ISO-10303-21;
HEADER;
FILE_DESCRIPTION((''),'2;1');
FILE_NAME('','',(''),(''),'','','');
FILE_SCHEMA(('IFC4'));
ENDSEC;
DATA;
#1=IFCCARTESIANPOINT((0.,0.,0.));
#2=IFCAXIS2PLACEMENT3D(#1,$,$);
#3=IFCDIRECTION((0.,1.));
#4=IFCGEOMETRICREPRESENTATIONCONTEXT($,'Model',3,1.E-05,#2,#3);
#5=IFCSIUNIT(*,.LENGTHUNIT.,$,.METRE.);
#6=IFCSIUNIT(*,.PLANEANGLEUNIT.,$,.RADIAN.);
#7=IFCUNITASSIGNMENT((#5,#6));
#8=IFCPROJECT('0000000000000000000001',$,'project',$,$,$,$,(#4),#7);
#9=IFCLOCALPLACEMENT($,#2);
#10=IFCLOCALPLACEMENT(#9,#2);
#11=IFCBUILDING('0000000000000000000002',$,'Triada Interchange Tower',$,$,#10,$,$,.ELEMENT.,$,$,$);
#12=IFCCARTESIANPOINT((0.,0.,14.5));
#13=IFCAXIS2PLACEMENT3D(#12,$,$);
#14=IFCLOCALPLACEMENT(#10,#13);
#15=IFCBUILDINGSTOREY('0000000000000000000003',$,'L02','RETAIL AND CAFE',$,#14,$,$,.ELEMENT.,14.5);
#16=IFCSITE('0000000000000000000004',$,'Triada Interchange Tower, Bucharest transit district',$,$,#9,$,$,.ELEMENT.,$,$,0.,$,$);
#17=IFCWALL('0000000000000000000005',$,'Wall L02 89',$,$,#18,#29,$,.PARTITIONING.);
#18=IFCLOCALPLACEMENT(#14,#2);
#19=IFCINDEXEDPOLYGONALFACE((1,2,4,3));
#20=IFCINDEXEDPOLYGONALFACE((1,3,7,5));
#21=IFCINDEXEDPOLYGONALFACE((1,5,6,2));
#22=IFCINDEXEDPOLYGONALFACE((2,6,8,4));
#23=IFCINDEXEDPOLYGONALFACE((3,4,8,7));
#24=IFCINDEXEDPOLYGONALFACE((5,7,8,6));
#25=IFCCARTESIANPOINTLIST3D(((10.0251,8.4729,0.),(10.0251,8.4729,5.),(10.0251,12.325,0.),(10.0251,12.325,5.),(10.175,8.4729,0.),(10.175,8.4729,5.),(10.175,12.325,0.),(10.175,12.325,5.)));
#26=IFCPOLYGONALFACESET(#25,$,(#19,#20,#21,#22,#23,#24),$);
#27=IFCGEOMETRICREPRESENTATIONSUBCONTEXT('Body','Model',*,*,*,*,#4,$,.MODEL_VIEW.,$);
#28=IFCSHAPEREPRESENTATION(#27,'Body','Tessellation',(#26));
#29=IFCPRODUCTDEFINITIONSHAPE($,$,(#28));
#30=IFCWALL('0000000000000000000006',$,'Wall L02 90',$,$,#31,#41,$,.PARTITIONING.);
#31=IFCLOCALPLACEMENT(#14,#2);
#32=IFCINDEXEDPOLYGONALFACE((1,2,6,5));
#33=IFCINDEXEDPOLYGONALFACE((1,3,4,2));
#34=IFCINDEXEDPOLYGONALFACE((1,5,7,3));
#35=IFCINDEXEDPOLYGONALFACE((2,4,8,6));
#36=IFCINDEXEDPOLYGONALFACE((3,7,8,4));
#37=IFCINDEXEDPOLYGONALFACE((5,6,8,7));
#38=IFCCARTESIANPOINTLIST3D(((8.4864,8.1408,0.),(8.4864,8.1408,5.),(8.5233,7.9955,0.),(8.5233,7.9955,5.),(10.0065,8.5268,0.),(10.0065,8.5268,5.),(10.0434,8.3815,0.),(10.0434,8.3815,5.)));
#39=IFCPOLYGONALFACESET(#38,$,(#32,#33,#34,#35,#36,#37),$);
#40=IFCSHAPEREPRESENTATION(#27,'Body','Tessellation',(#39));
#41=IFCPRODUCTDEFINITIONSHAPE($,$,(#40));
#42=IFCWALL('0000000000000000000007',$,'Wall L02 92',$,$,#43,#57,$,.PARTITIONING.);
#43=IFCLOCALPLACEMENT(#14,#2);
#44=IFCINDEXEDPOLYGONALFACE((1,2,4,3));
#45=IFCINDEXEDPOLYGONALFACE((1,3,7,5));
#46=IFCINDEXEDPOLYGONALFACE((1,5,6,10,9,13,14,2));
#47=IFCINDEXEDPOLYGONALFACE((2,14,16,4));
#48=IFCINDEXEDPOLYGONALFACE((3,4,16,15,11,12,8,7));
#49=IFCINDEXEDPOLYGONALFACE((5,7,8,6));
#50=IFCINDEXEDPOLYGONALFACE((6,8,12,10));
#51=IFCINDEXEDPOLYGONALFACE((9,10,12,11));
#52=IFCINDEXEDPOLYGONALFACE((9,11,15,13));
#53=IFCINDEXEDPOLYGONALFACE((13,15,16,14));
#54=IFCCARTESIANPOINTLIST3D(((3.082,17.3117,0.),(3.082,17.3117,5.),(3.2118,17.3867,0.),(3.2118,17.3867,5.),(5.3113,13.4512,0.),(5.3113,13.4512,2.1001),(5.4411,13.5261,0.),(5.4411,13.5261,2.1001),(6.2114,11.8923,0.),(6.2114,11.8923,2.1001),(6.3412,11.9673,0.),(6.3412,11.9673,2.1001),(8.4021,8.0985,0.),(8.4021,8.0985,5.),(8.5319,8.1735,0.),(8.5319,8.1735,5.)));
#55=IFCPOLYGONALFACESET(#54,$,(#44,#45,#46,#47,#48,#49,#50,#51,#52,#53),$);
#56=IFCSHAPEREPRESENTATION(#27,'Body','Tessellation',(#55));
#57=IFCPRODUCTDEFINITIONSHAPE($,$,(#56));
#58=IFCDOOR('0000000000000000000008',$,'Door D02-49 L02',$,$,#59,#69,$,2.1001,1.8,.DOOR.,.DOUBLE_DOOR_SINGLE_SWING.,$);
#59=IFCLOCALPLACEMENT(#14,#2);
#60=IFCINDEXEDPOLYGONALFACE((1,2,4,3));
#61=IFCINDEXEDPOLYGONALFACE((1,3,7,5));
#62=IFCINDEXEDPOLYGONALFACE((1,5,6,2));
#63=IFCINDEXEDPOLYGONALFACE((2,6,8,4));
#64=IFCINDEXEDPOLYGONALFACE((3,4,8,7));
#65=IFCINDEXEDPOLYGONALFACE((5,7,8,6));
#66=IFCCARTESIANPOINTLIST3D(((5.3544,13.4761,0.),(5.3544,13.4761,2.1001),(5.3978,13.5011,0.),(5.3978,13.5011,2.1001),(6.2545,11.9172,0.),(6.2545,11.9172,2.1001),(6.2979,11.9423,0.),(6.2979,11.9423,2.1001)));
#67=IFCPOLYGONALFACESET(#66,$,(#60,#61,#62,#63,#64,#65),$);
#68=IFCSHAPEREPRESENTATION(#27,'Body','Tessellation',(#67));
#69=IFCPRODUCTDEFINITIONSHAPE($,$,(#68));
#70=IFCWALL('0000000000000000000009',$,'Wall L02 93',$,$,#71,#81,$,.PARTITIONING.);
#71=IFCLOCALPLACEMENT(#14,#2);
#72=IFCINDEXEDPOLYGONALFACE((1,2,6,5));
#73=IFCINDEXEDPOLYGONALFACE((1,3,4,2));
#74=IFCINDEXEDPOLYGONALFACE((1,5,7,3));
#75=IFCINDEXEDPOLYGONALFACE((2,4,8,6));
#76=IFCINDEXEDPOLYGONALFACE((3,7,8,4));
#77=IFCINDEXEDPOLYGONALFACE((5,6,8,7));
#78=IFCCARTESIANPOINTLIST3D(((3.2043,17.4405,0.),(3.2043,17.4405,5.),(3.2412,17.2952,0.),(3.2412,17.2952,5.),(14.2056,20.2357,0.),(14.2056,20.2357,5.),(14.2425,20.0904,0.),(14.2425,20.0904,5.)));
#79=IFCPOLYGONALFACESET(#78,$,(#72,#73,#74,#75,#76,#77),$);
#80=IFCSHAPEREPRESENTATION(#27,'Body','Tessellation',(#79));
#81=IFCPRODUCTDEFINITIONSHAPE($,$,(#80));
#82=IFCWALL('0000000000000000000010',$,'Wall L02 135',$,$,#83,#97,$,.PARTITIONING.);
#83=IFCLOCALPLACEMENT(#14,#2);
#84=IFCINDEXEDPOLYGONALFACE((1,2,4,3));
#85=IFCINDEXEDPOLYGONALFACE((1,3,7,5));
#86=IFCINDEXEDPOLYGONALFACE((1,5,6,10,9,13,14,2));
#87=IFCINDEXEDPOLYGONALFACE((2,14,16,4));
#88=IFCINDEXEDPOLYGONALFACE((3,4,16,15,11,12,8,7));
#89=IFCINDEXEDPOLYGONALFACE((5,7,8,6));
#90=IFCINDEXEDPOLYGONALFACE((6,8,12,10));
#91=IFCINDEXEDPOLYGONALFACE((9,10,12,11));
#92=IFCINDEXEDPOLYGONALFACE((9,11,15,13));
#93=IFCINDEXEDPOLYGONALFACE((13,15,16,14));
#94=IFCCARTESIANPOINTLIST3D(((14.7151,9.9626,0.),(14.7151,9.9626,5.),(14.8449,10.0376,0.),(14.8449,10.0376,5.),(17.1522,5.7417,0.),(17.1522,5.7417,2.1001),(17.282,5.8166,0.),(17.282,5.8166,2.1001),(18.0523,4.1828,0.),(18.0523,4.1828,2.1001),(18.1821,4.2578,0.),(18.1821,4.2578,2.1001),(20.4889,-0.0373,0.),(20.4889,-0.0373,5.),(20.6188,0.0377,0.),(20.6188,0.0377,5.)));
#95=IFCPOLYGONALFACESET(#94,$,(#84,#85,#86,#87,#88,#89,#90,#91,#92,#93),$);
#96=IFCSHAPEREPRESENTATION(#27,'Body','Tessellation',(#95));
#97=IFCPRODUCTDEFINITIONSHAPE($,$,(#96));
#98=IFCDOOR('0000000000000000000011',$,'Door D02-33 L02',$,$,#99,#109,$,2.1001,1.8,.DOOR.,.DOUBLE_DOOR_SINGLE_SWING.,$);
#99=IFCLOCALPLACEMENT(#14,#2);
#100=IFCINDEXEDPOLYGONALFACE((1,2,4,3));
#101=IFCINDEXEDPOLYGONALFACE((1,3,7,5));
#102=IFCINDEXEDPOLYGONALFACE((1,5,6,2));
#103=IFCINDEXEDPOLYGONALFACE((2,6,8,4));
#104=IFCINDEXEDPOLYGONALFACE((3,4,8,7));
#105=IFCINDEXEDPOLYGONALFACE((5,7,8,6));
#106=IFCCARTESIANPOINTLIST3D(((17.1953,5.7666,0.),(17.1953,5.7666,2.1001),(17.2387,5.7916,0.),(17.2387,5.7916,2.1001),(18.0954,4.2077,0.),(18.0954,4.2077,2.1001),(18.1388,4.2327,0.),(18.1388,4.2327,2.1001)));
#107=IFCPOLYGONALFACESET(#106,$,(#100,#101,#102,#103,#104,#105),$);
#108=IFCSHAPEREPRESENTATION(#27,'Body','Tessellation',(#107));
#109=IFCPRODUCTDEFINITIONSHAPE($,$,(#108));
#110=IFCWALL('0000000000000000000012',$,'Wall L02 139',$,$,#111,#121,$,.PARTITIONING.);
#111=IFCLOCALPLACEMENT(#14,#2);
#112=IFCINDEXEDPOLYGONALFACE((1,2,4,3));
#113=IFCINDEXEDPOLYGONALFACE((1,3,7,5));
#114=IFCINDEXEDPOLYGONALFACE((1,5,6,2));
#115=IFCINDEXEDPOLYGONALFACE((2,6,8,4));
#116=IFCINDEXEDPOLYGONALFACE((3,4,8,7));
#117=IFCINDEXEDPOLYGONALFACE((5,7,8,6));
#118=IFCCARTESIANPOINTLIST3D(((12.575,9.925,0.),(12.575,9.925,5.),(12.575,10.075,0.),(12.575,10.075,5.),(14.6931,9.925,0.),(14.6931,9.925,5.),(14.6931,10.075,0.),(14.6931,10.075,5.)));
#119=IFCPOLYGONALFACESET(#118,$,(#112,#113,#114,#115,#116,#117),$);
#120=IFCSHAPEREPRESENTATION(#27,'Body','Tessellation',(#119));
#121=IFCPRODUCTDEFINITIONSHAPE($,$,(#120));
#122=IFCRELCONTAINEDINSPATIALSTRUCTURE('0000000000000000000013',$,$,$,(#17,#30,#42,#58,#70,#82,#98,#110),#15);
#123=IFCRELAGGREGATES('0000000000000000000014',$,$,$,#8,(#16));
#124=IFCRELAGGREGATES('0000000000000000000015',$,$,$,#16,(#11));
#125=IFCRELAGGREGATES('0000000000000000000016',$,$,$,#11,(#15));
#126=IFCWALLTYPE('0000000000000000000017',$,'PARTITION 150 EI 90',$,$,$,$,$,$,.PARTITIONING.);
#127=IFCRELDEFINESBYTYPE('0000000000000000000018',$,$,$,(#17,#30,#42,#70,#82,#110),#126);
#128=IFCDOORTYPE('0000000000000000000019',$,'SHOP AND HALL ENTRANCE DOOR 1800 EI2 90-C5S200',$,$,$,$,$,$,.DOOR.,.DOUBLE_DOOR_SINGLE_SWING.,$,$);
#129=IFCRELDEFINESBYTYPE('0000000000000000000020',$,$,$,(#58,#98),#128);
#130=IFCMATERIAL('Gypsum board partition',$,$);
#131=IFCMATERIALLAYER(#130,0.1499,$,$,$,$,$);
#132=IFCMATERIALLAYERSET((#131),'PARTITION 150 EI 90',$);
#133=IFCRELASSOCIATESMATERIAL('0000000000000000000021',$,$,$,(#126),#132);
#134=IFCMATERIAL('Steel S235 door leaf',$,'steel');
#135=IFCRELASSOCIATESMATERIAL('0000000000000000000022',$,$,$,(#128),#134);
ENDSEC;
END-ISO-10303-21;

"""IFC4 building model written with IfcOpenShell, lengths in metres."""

from ifc_helpers import new_model, si_unit, direction, frame, frame_2d, origin, place, context, subcontext, project, spatial, rectangle, extrude, material, layer, layer_set, type_object, element, fill, save


model = new_model("IFC4")

# Units and contexts
model_context = context("Model", 3, precision=1e-05, world=origin(), true_north=direction((0.0, 1.0)))
body_context = subcontext(model_context, "Body", "Model", "MODEL_VIEW")
ifc_project = project(units=[si_unit("LENGTHUNIT", "METRE"), si_unit("PLANEANGLEUNIT", "RADIAN")], contexts=[model_context])

# Site, building, storey
site_placement = place(None, origin())
site = spatial("IfcSite", under=ifc_project, at=site_placement, Name="Triada Interchange Tower, Bucharest transit district", CompositionType="ELEMENT", RefElevation=0.0)
building_placement = place(site_placement, origin())
building = spatial("IfcBuilding", under=site, at=building_placement, Name="Triada Interchange Tower", CompositionType="ELEMENT")
storey_placement = place(building_placement, frame((0.0, 0.0, 14.5)))
storey = spatial("IfcBuildingStorey", under=building, at=storey_placement, Name="L02", Description="RETAIL AND CAFE", CompositionType="ELEMENT", Elevation=14.5)

# Shared definitions
ifc_material_1 = material(Name="Steel S235 door leaf", Category="steel")

# Walls
ifc_material_2 = material(Name="Gypsum board partition")
ifc_layer_1 = layer(ifc_material_2, 0.1499)
ifc_layer_set_1 = layer_set([ifc_layer_1], Name="PARTITION 150 EI 90")
wall_type_1 = type_object("IfcWallType", Name="PARTITION 150 EI 90", PredefinedType="PARTITIONING", material=ifc_layer_set_1)
wall_1_placement = place(storey_placement, frame((10.1001, 8.4729, 0.0), z_axis=(0.0, 0.0, 1.0), x_axis=(0.0, 1.0, 0.0)))
element("IfcWall", 1, at=wall_1_placement, inside=storey, type_object=wall_type_1, Name="Wall L02 89", PredefinedType="PARTITIONING", context=body_context, shape_type="SweptSolid", body=[
    extrude(rectangle(XDim=3.8521, YDim=0.1499, at=frame_2d((1.926, 0.0))), origin(), (0.0, 0.0, 1.0), 5.0),
])
wall_2_placement = place(storey_placement, frame((8.5049, 8.0681, 0.0), z_axis=(0.0, 0.0, 1.0), x_axis=(0.969238, 0.246124, 0.0)))
element("IfcWall", 2, at=wall_2_placement, inside=storey, type_object=wall_type_1, Name="Wall L02 90", PredefinedType="PARTITIONING", context=body_context, shape_type="SweptSolid", body=[
    extrude(rectangle(XDim=1.5684, YDim=0.1499, at=frame_2d((0.7842, 0.0))), origin(), (0.0, 0.0, 1.0), 5.0),
])

# Wall, opening, door
wall_3_placement = place(storey_placement, frame((3.147, 17.3491, 0.0), z_axis=(0.0, 0.0, 1.0), x_axis=(0.500061, -0.86599, 0.0)))
wall_3 = element("IfcWall", 3, at=wall_3_placement, inside=storey, type_object=wall_type_1, Name="Wall L02 92", PredefinedType="PARTITIONING", context=body_context, shape_type="SweptSolid", body=[
    extrude(rectangle(XDim=10.6389, YDim=0.1499, at=frame_2d((5.3193, 0.0))), origin(), (0.0, 0.0, 1.0), 5.0),
])
opening_1_placement = place(wall_3_placement, frame((4.458, 0.0, 0.0)))
opening_1 = element("IfcOpeningElement", 4, at=opening_1_placement, cuts=wall_3, PredefinedType="OPENING", context=body_context, shape_type="SweptSolid", body=[
    extrude(rectangle(XDim=1.8, YDim=2.1001, at=frame_2d((0.8999, 1.05))), frame((0.0, 0.085, 0.0), z_axis=(0.0, -1.0, 0.0), x_axis=(1.0, 0.0, 0.0)), (0.0, 0.0, 1.0), 0.1699),
])
door_type_1 = type_object("IfcDoorType", Name="SHOP AND HALL ENTRANCE DOOR 1800 EI2 90-C5S200", OperationType="DOUBLE_DOOR_SINGLE_SWING", PredefinedType="DOOR", material=ifc_material_1)
door_1_placement = place(opening_1_placement, origin())
door_1 = element("IfcDoor", 5, at=door_1_placement, inside=storey, type_object=door_type_1, Name="Door D02-49 L02", OperationType="DOUBLE_DOOR_SINGLE_SWING", OverallHeight=2.1001, OverallWidth=1.8, PredefinedType="DOOR", context=body_context, shape_type="SweptSolid", body=[
    extrude(rectangle(XDim=1.8, YDim=2.1001, at=frame_2d((0.8999, 1.05))), frame((0.0, 0.0249, 0.0), z_axis=(0.0, -1.0, 0.0), x_axis=(1.0, 0.0, 0.0)), (0.0, 0.0, 1.0), 0.05),
])
fill(opening_1, door_1)

# Wall
wall_4_placement = place(storey_placement, frame((3.2229, 17.3679, 0.0), z_axis=(0.0, 0.0, 1.0), x_axis=(0.969205, 0.246254, 0.0)))
element("IfcWall", 6, at=wall_4_placement, inside=storey, type_object=wall_type_1, Name="Wall L02 93", PredefinedType="PARTITIONING", context=body_context, shape_type="SweptSolid", body=[
    extrude(rectangle(XDim=11.3508, YDim=0.1499, at=frame_2d((5.6753, 0.0))), origin(), (0.0, 0.0, 1.0), 5.0),
])

# Wall, opening, door
wall_5_placement = place(storey_placement, frame((14.78, 10.0, 0.0), z_axis=(0.0, 0.0, 1.0), x_axis=(0.500027, -0.86601, 0.0)))
wall_5 = element("IfcWall", 7, at=wall_5_placement, inside=storey, type_object=wall_type_1, Name="Wall L02 135", PredefinedType="PARTITIONING", context=body_context, shape_type="SweptSolid", body=[
    extrude(rectangle(XDim=11.5471, YDim=0.1499, at=frame_2d((5.7734, 0.0))), origin(), (0.0, 0.0, 1.0), 5.0),
])
opening_2_placement = place(wall_5_placement, frame((4.874, 0.0, 0.0)))
opening_2 = element("IfcOpeningElement", 8, at=opening_2_placement, cuts=wall_5, PredefinedType="OPENING", context=body_context, shape_type="SweptSolid", body=[
    extrude(rectangle(XDim=1.8, YDim=2.1001, at=frame_2d((0.8999, 1.05))), frame((0.0, 0.085, 0.0), z_axis=(0.0, -1.0, 0.0), x_axis=(1.0, 0.0, 0.0)), (0.0, 0.0, 1.0), 0.1699),
])
door_2_placement = place(opening_2_placement, origin())
door_2 = element("IfcDoor", 9, at=door_2_placement, inside=storey, type_object=door_type_1, Name="Door D02-33 L02", OperationType="DOUBLE_DOOR_SINGLE_SWING", OverallHeight=2.1001, OverallWidth=1.8, PredefinedType="DOOR", context=body_context, shape_type="SweptSolid", body=[
    extrude(rectangle(XDim=1.8, YDim=2.1001, at=frame_2d((0.8999, 1.05))), frame((0.0, 0.0249, 0.0), z_axis=(0.0, -1.0, 0.0), x_axis=(1.0, 0.0, 0.0)), (0.0, 0.0, 1.0), 0.05),
])
fill(opening_2, door_2)

# Wall
wall_6_placement = place(storey_placement, frame((12.575, 10.0, 0.0), z_axis=(0.0, 0.0, 1.0), x_axis=(1.0, 0.0, 0.0)))
element("IfcWall", 10, at=wall_6_placement, inside=storey, type_object=wall_type_1, Name="Wall L02 139", PredefinedType="PARTITIONING", context=body_context, shape_type="SweptSolid", body=[
    extrude(rectangle(XDim=2.1182, YDim=0.1499, at=frame_2d((1.0591, 0.0))), origin(), (0.0, 0.0, 1.0), 5.0),
])

save(model, "model.ifc")
